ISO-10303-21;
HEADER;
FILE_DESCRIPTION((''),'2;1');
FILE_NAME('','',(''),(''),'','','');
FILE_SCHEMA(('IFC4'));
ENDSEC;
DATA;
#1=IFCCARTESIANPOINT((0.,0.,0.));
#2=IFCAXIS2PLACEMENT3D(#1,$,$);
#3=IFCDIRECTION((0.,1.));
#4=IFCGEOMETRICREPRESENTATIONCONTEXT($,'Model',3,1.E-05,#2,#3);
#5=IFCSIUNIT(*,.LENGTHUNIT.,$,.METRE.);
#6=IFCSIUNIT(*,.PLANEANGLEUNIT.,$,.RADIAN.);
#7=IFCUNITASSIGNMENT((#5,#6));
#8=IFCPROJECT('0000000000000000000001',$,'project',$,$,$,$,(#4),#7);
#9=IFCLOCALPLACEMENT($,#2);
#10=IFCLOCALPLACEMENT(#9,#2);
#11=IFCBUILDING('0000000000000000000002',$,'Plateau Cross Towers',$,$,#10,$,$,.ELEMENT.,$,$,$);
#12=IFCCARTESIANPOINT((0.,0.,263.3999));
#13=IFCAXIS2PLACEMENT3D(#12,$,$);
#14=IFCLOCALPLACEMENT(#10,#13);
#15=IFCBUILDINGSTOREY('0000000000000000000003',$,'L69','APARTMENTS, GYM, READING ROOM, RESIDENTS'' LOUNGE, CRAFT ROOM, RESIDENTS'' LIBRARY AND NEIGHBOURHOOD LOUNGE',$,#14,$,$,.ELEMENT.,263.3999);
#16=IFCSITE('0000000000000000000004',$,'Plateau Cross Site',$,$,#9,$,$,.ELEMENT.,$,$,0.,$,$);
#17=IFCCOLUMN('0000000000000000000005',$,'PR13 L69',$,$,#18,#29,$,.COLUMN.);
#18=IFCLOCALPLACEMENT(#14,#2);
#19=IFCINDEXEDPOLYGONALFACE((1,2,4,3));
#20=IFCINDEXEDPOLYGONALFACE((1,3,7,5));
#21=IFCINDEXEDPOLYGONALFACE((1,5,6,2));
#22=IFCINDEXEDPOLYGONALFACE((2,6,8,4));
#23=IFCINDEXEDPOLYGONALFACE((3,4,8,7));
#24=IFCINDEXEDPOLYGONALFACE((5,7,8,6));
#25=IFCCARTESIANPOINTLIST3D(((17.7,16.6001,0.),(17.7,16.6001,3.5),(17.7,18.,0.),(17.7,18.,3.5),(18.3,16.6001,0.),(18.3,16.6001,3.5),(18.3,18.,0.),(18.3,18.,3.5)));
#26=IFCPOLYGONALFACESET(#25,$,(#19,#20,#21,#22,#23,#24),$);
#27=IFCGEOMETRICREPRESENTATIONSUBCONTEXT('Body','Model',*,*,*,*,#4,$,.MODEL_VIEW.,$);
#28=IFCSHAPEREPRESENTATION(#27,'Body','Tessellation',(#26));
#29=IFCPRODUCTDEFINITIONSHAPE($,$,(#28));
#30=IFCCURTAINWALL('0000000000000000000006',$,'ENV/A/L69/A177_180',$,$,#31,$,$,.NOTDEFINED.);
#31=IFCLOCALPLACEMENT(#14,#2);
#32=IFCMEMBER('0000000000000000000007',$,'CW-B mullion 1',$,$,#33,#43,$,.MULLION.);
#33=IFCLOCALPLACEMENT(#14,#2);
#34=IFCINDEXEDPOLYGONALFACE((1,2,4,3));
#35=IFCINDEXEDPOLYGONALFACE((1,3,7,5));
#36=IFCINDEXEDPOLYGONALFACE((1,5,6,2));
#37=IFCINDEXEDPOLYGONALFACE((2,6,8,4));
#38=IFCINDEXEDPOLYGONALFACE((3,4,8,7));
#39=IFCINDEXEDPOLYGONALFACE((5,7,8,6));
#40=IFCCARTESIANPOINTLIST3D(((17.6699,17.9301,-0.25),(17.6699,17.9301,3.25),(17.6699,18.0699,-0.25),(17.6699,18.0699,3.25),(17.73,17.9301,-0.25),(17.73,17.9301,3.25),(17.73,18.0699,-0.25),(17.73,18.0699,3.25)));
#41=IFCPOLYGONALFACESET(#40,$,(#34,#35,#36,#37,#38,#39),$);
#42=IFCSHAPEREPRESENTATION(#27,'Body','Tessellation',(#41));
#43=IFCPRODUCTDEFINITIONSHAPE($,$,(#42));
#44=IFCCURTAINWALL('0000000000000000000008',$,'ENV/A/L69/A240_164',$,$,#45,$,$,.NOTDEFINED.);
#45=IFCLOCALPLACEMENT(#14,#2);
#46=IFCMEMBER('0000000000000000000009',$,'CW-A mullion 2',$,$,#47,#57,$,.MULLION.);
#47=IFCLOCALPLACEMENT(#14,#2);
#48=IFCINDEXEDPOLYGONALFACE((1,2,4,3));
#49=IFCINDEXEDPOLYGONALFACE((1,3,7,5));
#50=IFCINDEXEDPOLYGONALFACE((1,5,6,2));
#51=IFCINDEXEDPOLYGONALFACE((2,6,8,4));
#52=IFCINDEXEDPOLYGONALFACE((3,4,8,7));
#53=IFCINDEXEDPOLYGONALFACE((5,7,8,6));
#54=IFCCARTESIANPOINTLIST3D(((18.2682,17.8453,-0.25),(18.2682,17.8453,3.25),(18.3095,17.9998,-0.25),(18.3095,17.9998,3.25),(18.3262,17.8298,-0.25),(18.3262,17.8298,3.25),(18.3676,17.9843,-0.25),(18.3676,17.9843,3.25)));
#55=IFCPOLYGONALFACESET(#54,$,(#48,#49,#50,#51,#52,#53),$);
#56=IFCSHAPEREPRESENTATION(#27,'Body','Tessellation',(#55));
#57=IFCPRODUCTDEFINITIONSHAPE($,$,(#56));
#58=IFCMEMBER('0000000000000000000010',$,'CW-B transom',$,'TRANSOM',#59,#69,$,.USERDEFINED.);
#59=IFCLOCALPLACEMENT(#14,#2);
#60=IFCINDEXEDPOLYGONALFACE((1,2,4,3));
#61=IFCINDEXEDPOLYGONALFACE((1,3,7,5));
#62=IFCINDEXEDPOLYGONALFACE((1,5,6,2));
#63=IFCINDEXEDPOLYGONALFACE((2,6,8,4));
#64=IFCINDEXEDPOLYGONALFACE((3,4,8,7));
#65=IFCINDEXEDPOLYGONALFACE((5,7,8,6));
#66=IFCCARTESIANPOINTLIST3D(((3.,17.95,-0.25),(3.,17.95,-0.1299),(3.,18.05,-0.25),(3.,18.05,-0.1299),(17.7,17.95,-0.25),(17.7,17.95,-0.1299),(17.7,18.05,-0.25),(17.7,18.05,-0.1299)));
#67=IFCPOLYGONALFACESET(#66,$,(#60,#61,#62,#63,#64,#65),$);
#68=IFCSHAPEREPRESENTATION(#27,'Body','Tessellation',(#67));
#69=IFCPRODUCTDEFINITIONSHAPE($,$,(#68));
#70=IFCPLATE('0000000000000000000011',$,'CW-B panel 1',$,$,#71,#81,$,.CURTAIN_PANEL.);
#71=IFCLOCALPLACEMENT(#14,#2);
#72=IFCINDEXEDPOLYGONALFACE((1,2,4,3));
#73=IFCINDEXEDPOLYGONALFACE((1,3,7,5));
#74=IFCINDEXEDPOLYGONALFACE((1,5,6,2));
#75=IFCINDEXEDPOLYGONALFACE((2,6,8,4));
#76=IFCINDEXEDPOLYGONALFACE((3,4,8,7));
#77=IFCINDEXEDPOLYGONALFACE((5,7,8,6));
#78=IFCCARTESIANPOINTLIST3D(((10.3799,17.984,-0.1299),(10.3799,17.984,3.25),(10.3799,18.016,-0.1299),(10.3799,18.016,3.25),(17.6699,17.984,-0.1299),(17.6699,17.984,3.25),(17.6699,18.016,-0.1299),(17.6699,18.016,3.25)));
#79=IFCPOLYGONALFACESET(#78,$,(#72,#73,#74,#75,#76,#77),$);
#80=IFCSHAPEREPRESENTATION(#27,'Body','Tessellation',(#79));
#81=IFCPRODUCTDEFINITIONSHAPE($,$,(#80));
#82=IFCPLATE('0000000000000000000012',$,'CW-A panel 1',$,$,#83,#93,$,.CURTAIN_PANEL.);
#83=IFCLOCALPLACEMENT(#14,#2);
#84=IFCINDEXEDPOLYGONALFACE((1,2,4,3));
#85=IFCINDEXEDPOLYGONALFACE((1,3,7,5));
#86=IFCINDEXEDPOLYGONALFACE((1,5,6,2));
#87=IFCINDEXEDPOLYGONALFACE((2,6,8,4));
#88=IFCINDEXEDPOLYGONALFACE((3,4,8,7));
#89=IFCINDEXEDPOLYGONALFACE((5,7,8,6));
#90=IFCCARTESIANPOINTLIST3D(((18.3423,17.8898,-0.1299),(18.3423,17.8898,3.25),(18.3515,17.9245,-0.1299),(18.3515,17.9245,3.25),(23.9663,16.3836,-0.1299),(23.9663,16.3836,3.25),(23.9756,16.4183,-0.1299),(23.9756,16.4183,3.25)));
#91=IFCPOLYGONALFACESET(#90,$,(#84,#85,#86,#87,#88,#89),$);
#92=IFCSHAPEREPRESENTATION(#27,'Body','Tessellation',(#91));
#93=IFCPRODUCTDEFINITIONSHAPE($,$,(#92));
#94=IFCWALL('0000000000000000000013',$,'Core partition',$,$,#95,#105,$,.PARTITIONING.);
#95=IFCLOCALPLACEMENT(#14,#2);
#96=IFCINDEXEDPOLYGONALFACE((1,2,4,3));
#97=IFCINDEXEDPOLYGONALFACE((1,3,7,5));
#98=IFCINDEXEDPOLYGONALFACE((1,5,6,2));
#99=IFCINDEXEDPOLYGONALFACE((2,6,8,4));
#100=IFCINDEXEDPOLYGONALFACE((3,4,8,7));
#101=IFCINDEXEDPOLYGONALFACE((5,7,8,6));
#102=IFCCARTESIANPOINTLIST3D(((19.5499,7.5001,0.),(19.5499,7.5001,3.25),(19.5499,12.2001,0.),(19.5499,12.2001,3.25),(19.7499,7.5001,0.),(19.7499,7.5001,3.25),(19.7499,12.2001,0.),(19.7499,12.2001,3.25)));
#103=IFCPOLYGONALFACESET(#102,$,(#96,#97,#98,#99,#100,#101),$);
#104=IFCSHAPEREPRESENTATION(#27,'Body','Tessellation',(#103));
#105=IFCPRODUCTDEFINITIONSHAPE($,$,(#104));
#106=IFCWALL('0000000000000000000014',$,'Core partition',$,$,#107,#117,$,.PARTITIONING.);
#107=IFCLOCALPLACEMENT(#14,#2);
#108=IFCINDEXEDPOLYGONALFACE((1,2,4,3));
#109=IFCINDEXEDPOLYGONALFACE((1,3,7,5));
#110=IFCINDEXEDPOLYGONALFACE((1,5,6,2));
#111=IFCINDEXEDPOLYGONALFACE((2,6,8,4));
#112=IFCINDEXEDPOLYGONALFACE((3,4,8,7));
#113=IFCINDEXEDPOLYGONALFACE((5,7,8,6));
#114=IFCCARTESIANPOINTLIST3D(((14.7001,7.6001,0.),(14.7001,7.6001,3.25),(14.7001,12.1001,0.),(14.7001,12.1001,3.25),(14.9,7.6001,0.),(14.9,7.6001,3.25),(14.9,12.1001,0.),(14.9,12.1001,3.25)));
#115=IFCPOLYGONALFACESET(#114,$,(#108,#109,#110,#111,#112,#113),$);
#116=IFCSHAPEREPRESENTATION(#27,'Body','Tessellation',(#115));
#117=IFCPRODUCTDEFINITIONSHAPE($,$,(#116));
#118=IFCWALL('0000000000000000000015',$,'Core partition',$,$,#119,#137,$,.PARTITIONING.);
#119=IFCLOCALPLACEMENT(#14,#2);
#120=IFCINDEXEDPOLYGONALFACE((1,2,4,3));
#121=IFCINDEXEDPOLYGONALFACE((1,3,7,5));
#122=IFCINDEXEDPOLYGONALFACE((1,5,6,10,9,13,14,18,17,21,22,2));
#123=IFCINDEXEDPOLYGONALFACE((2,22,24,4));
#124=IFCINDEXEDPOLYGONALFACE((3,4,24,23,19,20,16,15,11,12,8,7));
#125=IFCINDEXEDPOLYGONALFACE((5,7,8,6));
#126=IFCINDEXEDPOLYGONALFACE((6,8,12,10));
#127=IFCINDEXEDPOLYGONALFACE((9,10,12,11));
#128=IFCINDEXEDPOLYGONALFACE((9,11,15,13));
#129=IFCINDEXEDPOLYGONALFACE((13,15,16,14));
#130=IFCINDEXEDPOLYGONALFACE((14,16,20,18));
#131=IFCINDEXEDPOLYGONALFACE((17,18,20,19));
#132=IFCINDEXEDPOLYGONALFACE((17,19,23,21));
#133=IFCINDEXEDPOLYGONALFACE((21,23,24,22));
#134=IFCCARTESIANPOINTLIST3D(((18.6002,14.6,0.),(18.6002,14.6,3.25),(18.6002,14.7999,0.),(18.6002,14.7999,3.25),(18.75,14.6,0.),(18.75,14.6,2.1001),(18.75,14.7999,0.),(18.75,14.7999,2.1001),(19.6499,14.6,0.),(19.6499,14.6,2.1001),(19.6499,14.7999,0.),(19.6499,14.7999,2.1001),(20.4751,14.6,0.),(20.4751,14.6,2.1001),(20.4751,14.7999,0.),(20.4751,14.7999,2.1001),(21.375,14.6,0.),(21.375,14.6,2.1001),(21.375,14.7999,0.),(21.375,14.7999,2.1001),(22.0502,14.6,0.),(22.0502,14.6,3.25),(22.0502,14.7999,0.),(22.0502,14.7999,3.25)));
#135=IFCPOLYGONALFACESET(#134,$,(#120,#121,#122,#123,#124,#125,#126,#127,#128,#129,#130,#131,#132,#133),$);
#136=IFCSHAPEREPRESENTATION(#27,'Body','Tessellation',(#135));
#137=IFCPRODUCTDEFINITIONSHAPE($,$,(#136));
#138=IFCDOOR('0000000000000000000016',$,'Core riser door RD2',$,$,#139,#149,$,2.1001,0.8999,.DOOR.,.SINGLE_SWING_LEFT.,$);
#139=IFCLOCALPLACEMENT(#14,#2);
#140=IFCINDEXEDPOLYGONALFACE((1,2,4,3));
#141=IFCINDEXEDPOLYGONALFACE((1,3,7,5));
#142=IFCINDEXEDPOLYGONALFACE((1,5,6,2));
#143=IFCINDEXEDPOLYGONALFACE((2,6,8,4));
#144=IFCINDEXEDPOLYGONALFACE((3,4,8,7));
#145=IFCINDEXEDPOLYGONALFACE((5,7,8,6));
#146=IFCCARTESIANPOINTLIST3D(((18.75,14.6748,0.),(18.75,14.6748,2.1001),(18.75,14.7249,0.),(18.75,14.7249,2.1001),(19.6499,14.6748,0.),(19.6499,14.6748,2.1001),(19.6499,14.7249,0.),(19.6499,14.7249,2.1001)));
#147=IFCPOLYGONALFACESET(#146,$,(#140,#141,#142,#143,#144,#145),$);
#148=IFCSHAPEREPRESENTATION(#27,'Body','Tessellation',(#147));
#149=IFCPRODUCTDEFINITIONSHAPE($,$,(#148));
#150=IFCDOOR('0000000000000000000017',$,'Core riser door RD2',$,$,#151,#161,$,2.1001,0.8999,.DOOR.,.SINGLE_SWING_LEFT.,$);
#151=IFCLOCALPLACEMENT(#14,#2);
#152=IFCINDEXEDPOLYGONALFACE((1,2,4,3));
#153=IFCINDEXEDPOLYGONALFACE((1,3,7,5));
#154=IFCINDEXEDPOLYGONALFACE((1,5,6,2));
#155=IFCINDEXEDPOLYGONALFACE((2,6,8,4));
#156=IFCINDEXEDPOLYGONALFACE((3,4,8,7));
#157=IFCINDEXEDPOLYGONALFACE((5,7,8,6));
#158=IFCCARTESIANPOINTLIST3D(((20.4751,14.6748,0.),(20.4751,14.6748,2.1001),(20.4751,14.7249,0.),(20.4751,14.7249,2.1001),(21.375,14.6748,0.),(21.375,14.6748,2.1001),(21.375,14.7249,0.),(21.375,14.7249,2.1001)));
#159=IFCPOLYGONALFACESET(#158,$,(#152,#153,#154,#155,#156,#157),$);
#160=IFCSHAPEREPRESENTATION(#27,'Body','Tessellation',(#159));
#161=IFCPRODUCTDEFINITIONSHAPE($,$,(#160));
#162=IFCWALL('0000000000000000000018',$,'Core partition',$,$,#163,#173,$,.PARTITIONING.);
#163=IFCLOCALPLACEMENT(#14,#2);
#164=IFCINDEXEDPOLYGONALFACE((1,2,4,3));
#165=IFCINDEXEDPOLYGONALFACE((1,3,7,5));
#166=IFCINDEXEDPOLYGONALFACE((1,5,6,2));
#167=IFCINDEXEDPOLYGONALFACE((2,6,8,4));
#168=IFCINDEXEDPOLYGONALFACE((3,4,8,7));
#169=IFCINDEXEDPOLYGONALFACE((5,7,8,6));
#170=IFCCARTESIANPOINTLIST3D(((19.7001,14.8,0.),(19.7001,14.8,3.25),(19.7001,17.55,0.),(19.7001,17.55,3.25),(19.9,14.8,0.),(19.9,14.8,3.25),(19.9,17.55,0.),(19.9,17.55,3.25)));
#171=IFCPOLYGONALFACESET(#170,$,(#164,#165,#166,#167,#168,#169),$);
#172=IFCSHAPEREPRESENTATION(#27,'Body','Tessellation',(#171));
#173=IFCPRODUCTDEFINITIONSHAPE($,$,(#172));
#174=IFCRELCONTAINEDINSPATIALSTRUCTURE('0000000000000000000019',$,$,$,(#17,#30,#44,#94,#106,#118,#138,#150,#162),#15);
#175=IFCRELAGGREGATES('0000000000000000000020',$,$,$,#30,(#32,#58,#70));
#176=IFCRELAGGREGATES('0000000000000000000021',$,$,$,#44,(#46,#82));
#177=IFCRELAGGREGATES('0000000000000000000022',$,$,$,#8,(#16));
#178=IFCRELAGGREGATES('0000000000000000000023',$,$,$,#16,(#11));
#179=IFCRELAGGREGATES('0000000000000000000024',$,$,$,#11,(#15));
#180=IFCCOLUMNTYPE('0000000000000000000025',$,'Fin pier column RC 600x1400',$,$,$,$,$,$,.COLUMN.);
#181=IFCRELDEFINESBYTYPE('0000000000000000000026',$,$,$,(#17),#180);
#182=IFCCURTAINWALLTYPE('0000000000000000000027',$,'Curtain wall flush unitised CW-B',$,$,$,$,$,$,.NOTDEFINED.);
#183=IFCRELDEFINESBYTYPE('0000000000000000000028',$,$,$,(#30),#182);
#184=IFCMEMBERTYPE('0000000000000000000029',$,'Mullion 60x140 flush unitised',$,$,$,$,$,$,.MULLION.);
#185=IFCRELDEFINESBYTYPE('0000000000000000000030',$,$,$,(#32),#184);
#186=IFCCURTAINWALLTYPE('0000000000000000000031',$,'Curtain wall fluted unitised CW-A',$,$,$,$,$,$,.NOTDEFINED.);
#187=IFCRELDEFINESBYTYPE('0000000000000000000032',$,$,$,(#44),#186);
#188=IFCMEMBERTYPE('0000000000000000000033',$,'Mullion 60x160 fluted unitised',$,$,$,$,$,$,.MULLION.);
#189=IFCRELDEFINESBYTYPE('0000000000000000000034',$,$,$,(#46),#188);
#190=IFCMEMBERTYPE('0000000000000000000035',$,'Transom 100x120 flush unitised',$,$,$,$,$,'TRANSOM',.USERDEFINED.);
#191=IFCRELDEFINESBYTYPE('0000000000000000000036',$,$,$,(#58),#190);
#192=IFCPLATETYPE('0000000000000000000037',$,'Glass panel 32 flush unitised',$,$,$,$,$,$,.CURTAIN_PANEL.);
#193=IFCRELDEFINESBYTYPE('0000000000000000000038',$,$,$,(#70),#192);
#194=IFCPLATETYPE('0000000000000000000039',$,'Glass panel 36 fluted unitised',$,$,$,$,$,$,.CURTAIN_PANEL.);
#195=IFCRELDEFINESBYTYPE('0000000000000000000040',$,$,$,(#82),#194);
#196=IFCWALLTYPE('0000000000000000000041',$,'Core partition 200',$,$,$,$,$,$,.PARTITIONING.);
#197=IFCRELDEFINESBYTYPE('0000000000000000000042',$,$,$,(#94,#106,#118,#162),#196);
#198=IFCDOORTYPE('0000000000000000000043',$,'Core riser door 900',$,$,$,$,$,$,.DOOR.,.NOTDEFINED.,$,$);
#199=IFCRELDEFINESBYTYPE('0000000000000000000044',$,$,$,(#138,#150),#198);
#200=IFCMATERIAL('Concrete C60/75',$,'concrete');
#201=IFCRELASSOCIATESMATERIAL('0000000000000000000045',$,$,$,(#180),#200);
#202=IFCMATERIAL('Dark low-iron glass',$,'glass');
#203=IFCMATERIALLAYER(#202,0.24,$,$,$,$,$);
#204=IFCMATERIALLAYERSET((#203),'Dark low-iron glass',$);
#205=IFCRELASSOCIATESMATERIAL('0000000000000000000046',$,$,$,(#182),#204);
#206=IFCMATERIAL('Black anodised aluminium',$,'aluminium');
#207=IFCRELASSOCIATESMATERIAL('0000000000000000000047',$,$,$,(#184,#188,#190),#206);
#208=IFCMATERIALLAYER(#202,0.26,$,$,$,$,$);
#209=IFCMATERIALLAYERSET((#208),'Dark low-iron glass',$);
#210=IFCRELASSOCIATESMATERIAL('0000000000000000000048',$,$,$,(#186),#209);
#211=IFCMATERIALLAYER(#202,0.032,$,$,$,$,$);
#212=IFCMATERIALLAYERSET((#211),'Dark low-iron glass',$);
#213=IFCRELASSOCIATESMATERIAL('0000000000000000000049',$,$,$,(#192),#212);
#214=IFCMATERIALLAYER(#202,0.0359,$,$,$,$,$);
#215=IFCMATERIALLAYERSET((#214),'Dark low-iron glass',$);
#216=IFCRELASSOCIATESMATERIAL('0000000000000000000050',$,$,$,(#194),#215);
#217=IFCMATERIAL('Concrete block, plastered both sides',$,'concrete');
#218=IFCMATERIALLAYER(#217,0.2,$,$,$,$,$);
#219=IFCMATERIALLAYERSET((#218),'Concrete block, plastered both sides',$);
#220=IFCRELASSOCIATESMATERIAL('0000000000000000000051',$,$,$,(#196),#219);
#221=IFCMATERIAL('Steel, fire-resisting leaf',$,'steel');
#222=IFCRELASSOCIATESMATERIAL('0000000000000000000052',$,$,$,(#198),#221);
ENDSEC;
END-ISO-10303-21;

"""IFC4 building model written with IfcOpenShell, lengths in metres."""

from ifc_helpers import new_model, si_unit, direction, frame, frame_2d, origin, origin_2d, place, context, subcontext, project, spatial, rectangle, extrude, material, layer, layer_set, material_profile, profile_set, type_object, element, fill, aggregate, save


model = new_model("IFC4")

# Units and contexts
model_context = context("Model", 3, precision=1e-05, world=origin(), true_north=direction((0.0, 1.0)))
body_context = subcontext(model_context, "Body", "Model", "MODEL_VIEW")
ifc_project = project(units=[si_unit("LENGTHUNIT", "METRE"), si_unit("PLANEANGLEUNIT", "RADIAN")], contexts=[model_context])

# Site, building, storey
site_placement = place(None, origin())
site = spatial("IfcSite", under=ifc_project, at=site_placement, Name="Plateau Cross Site", CompositionType="ELEMENT", RefElevation=0.0)
building_placement = place(site_placement, origin())
building = spatial("IfcBuilding", under=site, at=building_placement, Name="Plateau Cross Towers", CompositionType="ELEMENT")
storey_placement = place(building_placement, frame((0.0, 0.0, 263.3999)))
storey = spatial("IfcBuildingStorey", under=building, at=storey_placement, Name="L69", Description="APARTMENTS, GYM, READING ROOM, RESIDENTS' LOUNGE, CRAFT ROOM, RESIDENTS' LIBRARY AND NEIGHBOURHOOD LOUNGE", CompositionType="ELEMENT", Elevation=263.3999)

# Column
ifc_material_1 = material(Name="Concrete C60/75", Category="concrete")
ifc_material_profile_1 = material_profile(ifc_material_1, rectangle(XDim=0.6001, YDim=1.3999, at=origin_2d()), Name="RC 600x1400")
ifc_profile_set_1 = profile_set([ifc_material_profile_1], Name="Concrete C60/75")
column_type = type_object("IfcColumnType", Name="Fin pier column RC 600x1400", PredefinedType="COLUMN", material=ifc_profile_set_1)
column_placement = place(storey_placement, frame((18.0, 17.3, 0.0), z_axis=(0.0, 0.0, 1.0), x_axis=(1.0, 0.0, 0.0)))
element("IfcColumn", 1, at=column_placement, inside=storey, type_object=column_type, Name="PR13 L69", PredefinedType="COLUMN", context=body_context, shape_type="SweptSolid", body=[
    extrude(rectangle(XDim=0.6001, YDim=1.3999, at=origin_2d()), origin(), (0.0, 0.0, 1.0), 3.5),
])

# Curtain walls, members
ifc_material_2 = material(Name="Dark low-iron glass", Category="glass")
ifc_layer_1 = layer(ifc_material_2, 0.24)
ifc_layer_set_1 = layer_set([ifc_layer_1], Name="Dark low-iron glass")
curtain_wall_type_1 = type_object("IfcCurtainWallType", Name="Curtain wall flush unitised CW-B", PredefinedType="NOTDEFINED", material=ifc_layer_set_1)
curtain_wall_1_placement = place(storey_placement, origin())
curtain_wall_1 = element("IfcCurtainWall", 2, at=curtain_wall_1_placement, inside=storey, type_object=curtain_wall_type_1, Name="ENV/A/L69/A177_180", PredefinedType="NOTDEFINED")
ifc_material_3 = material(Name="Black anodised aluminium", Category="aluminium")
ifc_material_profile_2 = material_profile(ifc_material_3, rectangle(XDim=0.0601, YDim=0.1399, at=origin_2d()), Name="MULLION 60x140")
ifc_profile_set_2 = profile_set([ifc_material_profile_2], Name="Black anodised aluminium")
member_type_1 = type_object("IfcMemberType", Name="Mullion 60x140 flush unitised", PredefinedType="MULLION", material=ifc_profile_set_2)
member_1_placement = place(storey_placement, frame((17.7, 18.0, -0.25), z_axis=(0.0, 0.0, 1.0), x_axis=(-1.0, 0.0, 0.0)))
member_1 = element("IfcMember", 3, at=member_1_placement, type_object=member_type_1, Name="CW-B mullion 1", PredefinedType="MULLION", context=body_context, shape_type="SweptSolid", body=[
    extrude(rectangle(XDim=0.0601, YDim=0.1399, at=origin_2d()), origin(), (0.0, 0.0, 1.0), 3.5),
])
ifc_layer_2 = layer(ifc_material_2, 0.26)
ifc_layer_set_2 = layer_set([ifc_layer_2], Name="Dark low-iron glass")
curtain_wall_type_2 = type_object("IfcCurtainWallType", Name="Curtain wall fluted unitised CW-A", PredefinedType="NOTDEFINED", material=ifc_layer_set_2)
curtain_wall_2_placement = place(storey_placement, origin())
curtain_wall_2 = element("IfcCurtainWall", 4, at=curtain_wall_2_placement, inside=storey, type_object=curtain_wall_type_2, Name="ENV/A/L69/A240_164", PredefinedType="NOTDEFINED")
ifc_material_profile_3 = material_profile(ifc_material_3, rectangle(XDim=0.0601, YDim=0.1599, at=origin_2d()), Name="MULLION 60x160")
ifc_profile_set_3 = profile_set([ifc_material_profile_3], Name="Black anodised aluminium")
member_type_2 = type_object("IfcMemberType", Name="Mullion 60x160 fluted unitised", PredefinedType="MULLION", material=ifc_profile_set_3)
member_2_placement = place(storey_placement, frame((18.3179, 17.9148, -0.25), z_axis=(0.0, 0.0, 1.0), x_axis=(-0.965958, 0.258699, 0.0)))
member_2 = element("IfcMember", 5, at=member_2_placement, type_object=member_type_2, Name="CW-A mullion 2", PredefinedType="MULLION", context=body_context, shape_type="SweptSolid", body=[
    extrude(rectangle(XDim=0.0601, YDim=0.1599, at=origin_2d()), origin(), (0.0, 0.0, 1.0), 3.5),
])

# Member
ifc_material_profile_4 = material_profile(ifc_material_3, rectangle(XDim=0.1001, YDim=0.1201, at=origin_2d()), Name="TRANSOM 100x120")
ifc_profile_set_4 = profile_set([ifc_material_profile_4], Name="Black anodised aluminium")
member_type_3 = type_object("IfcMemberType", Name="Transom 100x120 flush unitised", ElementType="TRANSOM", PredefinedType="USERDEFINED", material=ifc_profile_set_4)
member_3_placement = place(storey_placement, frame((17.7, 18.0, -0.1899), z_axis=(-1.0, 0.0, 0.0), x_axis=(0.0, -1.0, 0.0)))
member_3 = element("IfcMember", 6, at=member_3_placement, type_object=member_type_3, Name="CW-B transom", ObjectType="TRANSOM", PredefinedType="USERDEFINED", context=body_context, shape_type="SweptSolid", body=[
    extrude(rectangle(XDim=0.1001, YDim=0.1201, at=origin_2d()), origin(), (0.0, 0.0, 1.0), 14.7),
])

# Plates
ifc_layer_3 = layer(ifc_material_2, 0.032)
ifc_layer_set_3 = layer_set([ifc_layer_3], Name="Dark low-iron glass")
plate_type_1 = type_object("IfcPlateType", Name="Glass panel 32 flush unitised", PredefinedType="CURTAIN_PANEL", material=ifc_layer_set_3)
plate_1_placement = place(storey_placement, frame((14.0249, 18.0, -0.1299), z_axis=(0.0, 0.0, 1.0), x_axis=(-1.0, 0.0, 0.0)))
plate_1 = element("IfcPlate", 7, at=plate_1_placement, type_object=plate_type_1, Name="CW-B panel 1", PredefinedType="CURTAIN_PANEL", context=body_context, shape_type="SweptSolid", body=[
    extrude(rectangle(XDim=7.29, YDim=0.032, at=origin_2d()), origin(), (0.0, 0.0, 1.0), 3.3799),
])
aggregate(curtain_wall_1, [member_1, member_3, plate_1])
ifc_layer_4 = layer(ifc_material_2, 0.0359)
ifc_layer_set_4 = layer_set([ifc_layer_4], Name="Dark low-iron glass")
plate_type_2 = type_object("IfcPlateType", Name="Glass panel 36 fluted unitised", PredefinedType="CURTAIN_PANEL", material=ifc_layer_set_4)
plate_2_placement = place(storey_placement, frame((21.1589, 17.1541, -0.1299), z_axis=(0.0, 0.0, 1.0), x_axis=(-0.965958, 0.258699, 0.0)))
plate_2 = element("IfcPlate", 8, at=plate_2_placement, type_object=plate_type_2, Name="CW-A panel 1", PredefinedType="CURTAIN_PANEL", context=body_context, shape_type="SweptSolid", body=[
    extrude(rectangle(XDim=5.8223, YDim=0.0359, at=origin_2d()), origin(), (0.0, 0.0, 1.0), 3.3799),
])
aggregate(curtain_wall_2, [member_2, plate_2])

# Walls
ifc_material_4 = material(Name="Concrete block, plastered both sides", Category="concrete")
ifc_layer_5 = layer(ifc_material_4, 0.2)
ifc_layer_set_5 = layer_set([ifc_layer_5], Name="Concrete block, plastered both sides")
wall_type_1 = type_object("IfcWallType", Name="Core partition 200", PredefinedType="PARTITIONING", material=ifc_layer_set_5)
wall_1_placement = place(storey_placement, frame((19.6499, 7.5, 0.0), z_axis=(0.0, 0.0, 1.0), x_axis=(0.0, 1.0, 0.0)))
element("IfcWall", 9, at=wall_1_placement, inside=storey, type_object=wall_type_1, Name="Core partition", PredefinedType="PARTITIONING", context=body_context, shape_type="SweptSolid", body=[
    extrude(rectangle(XDim=4.7, YDim=0.2, at=frame_2d((2.3501, 0.0))), origin(), (0.0, 0.0, 1.0), 3.25),
])
wall_2_placement = place(storey_placement, frame((14.8, 7.6001, 0.0), z_axis=(0.0, 0.0, 1.0), x_axis=(0.0, 1.0, 0.0)))
element("IfcWall", 10, at=wall_2_placement, inside=storey, type_object=wall_type_1, Name="Core partition", PredefinedType="PARTITIONING", context=body_context, shape_type="SweptSolid", body=[
    extrude(rectangle(XDim=4.5, YDim=0.2, at=frame_2d((2.25, 0.0))), origin(), (0.0, 0.0, 1.0), 3.25),
])

# Wall, openings, doors
wall_3_placement = place(storey_placement, frame((18.6001, 14.7, 0.0), z_axis=(0.0, 0.0, 1.0), x_axis=(1.0, 0.0, 0.0)))
wall_3 = element("IfcWall", 11, at=wall_3_placement, inside=storey, type_object=wall_type_1, Name="Core partition", PredefinedType="PARTITIONING", context=body_context, shape_type="SweptSolid", body=[
    extrude(rectangle(XDim=3.45, YDim=0.2, at=frame_2d((1.7251, 0.0))), origin(), (0.0, 0.0, 1.0), 3.25),
])
opening_1_placement = place(wall_3_placement, frame((0.1499, 0.0, 0.0)))
opening_1 = element("IfcOpeningElement", 12, at=opening_1_placement, cuts=wall_3, PredefinedType="OPENING", context=body_context, shape_type="SweptSolid", body=[
    extrude(rectangle(XDim=0.8999, YDim=2.1001, at=frame_2d((0.45, 1.05))), frame((0.0, 0.1099, 0.0), z_axis=(0.0, -1.0, 0.0), x_axis=(1.0, 0.0, 0.0)), (0.0, 0.0, 1.0), 0.22),
])
opening_2_placement = place(wall_3_placement, frame((1.875, 0.0, 0.0)))
opening_2 = element("IfcOpeningElement", 13, at=opening_2_placement, cuts=wall_3, PredefinedType="OPENING", context=body_context, shape_type="SweptSolid", body=[
    extrude(rectangle(XDim=0.8999, YDim=2.1001, at=frame_2d((0.45, 1.05))), frame((0.0, 0.1099, 0.0), z_axis=(0.0, -1.0, 0.0), x_axis=(1.0, 0.0, 0.0)), (0.0, 0.0, 1.0), 0.22),
])
ifc_material_5 = material(Name="Steel, fire-resisting leaf", Category="steel")
door_type_1 = type_object("IfcDoorType", Name="Core riser door 900", OperationType="NOTDEFINED", PredefinedType="DOOR", material=ifc_material_5)
door_1_placement = place(opening_1_placement, origin())
door_1 = element("IfcDoor", 14, at=door_1_placement, inside=storey, type_object=door_type_1, Name="Core riser door RD2", OperationType="SINGLE_SWING_LEFT", OverallHeight=2.1001, OverallWidth=0.8999, PredefinedType="DOOR", context=body_context, shape_type="SweptSolid", body=[
    extrude(rectangle(XDim=0.8999, YDim=2.1001, at=frame_2d((0.45, 1.05))), frame((0.0, 0.0249, 0.0), z_axis=(0.0, -1.0, 0.0), x_axis=(1.0, 0.0, 0.0)), (0.0, 0.0, 1.0), 0.05),
])
fill(opening_1, door_1)
door_2_placement = place(opening_2_placement, origin())
door_2 = element("IfcDoor", 15, at=door_2_placement, inside=storey, type_object=door_type_1, Name="Core riser door RD2", OperationType="SINGLE_SWING_LEFT", OverallHeight=2.1001, OverallWidth=0.8999, PredefinedType="DOOR", context=body_context, shape_type="SweptSolid", body=[
    extrude(rectangle(XDim=0.8999, YDim=2.1001, at=frame_2d((0.45, 1.05))), frame((0.0, 0.0249, 0.0), z_axis=(0.0, -1.0, 0.0), x_axis=(1.0, 0.0, 0.0)), (0.0, 0.0, 1.0), 0.05),
])
fill(opening_2, door_2)

# Wall
wall_4_placement = place(storey_placement, frame((19.8, 14.8, 0.0), z_axis=(0.0, 0.0, 1.0), x_axis=(0.0, 1.0, 0.0)))
element("IfcWall", 16, at=wall_4_placement, inside=storey, type_object=wall_type_1, Name="Core partition", PredefinedType="PARTITIONING", context=body_context, shape_type="SweptSolid", body=[
    extrude(rectangle(XDim=2.75, YDim=0.2, at=frame_2d((1.375, 0.0))), origin(), (0.0, 0.0, 1.0), 3.25),
])

save(model, "model.ifc")
